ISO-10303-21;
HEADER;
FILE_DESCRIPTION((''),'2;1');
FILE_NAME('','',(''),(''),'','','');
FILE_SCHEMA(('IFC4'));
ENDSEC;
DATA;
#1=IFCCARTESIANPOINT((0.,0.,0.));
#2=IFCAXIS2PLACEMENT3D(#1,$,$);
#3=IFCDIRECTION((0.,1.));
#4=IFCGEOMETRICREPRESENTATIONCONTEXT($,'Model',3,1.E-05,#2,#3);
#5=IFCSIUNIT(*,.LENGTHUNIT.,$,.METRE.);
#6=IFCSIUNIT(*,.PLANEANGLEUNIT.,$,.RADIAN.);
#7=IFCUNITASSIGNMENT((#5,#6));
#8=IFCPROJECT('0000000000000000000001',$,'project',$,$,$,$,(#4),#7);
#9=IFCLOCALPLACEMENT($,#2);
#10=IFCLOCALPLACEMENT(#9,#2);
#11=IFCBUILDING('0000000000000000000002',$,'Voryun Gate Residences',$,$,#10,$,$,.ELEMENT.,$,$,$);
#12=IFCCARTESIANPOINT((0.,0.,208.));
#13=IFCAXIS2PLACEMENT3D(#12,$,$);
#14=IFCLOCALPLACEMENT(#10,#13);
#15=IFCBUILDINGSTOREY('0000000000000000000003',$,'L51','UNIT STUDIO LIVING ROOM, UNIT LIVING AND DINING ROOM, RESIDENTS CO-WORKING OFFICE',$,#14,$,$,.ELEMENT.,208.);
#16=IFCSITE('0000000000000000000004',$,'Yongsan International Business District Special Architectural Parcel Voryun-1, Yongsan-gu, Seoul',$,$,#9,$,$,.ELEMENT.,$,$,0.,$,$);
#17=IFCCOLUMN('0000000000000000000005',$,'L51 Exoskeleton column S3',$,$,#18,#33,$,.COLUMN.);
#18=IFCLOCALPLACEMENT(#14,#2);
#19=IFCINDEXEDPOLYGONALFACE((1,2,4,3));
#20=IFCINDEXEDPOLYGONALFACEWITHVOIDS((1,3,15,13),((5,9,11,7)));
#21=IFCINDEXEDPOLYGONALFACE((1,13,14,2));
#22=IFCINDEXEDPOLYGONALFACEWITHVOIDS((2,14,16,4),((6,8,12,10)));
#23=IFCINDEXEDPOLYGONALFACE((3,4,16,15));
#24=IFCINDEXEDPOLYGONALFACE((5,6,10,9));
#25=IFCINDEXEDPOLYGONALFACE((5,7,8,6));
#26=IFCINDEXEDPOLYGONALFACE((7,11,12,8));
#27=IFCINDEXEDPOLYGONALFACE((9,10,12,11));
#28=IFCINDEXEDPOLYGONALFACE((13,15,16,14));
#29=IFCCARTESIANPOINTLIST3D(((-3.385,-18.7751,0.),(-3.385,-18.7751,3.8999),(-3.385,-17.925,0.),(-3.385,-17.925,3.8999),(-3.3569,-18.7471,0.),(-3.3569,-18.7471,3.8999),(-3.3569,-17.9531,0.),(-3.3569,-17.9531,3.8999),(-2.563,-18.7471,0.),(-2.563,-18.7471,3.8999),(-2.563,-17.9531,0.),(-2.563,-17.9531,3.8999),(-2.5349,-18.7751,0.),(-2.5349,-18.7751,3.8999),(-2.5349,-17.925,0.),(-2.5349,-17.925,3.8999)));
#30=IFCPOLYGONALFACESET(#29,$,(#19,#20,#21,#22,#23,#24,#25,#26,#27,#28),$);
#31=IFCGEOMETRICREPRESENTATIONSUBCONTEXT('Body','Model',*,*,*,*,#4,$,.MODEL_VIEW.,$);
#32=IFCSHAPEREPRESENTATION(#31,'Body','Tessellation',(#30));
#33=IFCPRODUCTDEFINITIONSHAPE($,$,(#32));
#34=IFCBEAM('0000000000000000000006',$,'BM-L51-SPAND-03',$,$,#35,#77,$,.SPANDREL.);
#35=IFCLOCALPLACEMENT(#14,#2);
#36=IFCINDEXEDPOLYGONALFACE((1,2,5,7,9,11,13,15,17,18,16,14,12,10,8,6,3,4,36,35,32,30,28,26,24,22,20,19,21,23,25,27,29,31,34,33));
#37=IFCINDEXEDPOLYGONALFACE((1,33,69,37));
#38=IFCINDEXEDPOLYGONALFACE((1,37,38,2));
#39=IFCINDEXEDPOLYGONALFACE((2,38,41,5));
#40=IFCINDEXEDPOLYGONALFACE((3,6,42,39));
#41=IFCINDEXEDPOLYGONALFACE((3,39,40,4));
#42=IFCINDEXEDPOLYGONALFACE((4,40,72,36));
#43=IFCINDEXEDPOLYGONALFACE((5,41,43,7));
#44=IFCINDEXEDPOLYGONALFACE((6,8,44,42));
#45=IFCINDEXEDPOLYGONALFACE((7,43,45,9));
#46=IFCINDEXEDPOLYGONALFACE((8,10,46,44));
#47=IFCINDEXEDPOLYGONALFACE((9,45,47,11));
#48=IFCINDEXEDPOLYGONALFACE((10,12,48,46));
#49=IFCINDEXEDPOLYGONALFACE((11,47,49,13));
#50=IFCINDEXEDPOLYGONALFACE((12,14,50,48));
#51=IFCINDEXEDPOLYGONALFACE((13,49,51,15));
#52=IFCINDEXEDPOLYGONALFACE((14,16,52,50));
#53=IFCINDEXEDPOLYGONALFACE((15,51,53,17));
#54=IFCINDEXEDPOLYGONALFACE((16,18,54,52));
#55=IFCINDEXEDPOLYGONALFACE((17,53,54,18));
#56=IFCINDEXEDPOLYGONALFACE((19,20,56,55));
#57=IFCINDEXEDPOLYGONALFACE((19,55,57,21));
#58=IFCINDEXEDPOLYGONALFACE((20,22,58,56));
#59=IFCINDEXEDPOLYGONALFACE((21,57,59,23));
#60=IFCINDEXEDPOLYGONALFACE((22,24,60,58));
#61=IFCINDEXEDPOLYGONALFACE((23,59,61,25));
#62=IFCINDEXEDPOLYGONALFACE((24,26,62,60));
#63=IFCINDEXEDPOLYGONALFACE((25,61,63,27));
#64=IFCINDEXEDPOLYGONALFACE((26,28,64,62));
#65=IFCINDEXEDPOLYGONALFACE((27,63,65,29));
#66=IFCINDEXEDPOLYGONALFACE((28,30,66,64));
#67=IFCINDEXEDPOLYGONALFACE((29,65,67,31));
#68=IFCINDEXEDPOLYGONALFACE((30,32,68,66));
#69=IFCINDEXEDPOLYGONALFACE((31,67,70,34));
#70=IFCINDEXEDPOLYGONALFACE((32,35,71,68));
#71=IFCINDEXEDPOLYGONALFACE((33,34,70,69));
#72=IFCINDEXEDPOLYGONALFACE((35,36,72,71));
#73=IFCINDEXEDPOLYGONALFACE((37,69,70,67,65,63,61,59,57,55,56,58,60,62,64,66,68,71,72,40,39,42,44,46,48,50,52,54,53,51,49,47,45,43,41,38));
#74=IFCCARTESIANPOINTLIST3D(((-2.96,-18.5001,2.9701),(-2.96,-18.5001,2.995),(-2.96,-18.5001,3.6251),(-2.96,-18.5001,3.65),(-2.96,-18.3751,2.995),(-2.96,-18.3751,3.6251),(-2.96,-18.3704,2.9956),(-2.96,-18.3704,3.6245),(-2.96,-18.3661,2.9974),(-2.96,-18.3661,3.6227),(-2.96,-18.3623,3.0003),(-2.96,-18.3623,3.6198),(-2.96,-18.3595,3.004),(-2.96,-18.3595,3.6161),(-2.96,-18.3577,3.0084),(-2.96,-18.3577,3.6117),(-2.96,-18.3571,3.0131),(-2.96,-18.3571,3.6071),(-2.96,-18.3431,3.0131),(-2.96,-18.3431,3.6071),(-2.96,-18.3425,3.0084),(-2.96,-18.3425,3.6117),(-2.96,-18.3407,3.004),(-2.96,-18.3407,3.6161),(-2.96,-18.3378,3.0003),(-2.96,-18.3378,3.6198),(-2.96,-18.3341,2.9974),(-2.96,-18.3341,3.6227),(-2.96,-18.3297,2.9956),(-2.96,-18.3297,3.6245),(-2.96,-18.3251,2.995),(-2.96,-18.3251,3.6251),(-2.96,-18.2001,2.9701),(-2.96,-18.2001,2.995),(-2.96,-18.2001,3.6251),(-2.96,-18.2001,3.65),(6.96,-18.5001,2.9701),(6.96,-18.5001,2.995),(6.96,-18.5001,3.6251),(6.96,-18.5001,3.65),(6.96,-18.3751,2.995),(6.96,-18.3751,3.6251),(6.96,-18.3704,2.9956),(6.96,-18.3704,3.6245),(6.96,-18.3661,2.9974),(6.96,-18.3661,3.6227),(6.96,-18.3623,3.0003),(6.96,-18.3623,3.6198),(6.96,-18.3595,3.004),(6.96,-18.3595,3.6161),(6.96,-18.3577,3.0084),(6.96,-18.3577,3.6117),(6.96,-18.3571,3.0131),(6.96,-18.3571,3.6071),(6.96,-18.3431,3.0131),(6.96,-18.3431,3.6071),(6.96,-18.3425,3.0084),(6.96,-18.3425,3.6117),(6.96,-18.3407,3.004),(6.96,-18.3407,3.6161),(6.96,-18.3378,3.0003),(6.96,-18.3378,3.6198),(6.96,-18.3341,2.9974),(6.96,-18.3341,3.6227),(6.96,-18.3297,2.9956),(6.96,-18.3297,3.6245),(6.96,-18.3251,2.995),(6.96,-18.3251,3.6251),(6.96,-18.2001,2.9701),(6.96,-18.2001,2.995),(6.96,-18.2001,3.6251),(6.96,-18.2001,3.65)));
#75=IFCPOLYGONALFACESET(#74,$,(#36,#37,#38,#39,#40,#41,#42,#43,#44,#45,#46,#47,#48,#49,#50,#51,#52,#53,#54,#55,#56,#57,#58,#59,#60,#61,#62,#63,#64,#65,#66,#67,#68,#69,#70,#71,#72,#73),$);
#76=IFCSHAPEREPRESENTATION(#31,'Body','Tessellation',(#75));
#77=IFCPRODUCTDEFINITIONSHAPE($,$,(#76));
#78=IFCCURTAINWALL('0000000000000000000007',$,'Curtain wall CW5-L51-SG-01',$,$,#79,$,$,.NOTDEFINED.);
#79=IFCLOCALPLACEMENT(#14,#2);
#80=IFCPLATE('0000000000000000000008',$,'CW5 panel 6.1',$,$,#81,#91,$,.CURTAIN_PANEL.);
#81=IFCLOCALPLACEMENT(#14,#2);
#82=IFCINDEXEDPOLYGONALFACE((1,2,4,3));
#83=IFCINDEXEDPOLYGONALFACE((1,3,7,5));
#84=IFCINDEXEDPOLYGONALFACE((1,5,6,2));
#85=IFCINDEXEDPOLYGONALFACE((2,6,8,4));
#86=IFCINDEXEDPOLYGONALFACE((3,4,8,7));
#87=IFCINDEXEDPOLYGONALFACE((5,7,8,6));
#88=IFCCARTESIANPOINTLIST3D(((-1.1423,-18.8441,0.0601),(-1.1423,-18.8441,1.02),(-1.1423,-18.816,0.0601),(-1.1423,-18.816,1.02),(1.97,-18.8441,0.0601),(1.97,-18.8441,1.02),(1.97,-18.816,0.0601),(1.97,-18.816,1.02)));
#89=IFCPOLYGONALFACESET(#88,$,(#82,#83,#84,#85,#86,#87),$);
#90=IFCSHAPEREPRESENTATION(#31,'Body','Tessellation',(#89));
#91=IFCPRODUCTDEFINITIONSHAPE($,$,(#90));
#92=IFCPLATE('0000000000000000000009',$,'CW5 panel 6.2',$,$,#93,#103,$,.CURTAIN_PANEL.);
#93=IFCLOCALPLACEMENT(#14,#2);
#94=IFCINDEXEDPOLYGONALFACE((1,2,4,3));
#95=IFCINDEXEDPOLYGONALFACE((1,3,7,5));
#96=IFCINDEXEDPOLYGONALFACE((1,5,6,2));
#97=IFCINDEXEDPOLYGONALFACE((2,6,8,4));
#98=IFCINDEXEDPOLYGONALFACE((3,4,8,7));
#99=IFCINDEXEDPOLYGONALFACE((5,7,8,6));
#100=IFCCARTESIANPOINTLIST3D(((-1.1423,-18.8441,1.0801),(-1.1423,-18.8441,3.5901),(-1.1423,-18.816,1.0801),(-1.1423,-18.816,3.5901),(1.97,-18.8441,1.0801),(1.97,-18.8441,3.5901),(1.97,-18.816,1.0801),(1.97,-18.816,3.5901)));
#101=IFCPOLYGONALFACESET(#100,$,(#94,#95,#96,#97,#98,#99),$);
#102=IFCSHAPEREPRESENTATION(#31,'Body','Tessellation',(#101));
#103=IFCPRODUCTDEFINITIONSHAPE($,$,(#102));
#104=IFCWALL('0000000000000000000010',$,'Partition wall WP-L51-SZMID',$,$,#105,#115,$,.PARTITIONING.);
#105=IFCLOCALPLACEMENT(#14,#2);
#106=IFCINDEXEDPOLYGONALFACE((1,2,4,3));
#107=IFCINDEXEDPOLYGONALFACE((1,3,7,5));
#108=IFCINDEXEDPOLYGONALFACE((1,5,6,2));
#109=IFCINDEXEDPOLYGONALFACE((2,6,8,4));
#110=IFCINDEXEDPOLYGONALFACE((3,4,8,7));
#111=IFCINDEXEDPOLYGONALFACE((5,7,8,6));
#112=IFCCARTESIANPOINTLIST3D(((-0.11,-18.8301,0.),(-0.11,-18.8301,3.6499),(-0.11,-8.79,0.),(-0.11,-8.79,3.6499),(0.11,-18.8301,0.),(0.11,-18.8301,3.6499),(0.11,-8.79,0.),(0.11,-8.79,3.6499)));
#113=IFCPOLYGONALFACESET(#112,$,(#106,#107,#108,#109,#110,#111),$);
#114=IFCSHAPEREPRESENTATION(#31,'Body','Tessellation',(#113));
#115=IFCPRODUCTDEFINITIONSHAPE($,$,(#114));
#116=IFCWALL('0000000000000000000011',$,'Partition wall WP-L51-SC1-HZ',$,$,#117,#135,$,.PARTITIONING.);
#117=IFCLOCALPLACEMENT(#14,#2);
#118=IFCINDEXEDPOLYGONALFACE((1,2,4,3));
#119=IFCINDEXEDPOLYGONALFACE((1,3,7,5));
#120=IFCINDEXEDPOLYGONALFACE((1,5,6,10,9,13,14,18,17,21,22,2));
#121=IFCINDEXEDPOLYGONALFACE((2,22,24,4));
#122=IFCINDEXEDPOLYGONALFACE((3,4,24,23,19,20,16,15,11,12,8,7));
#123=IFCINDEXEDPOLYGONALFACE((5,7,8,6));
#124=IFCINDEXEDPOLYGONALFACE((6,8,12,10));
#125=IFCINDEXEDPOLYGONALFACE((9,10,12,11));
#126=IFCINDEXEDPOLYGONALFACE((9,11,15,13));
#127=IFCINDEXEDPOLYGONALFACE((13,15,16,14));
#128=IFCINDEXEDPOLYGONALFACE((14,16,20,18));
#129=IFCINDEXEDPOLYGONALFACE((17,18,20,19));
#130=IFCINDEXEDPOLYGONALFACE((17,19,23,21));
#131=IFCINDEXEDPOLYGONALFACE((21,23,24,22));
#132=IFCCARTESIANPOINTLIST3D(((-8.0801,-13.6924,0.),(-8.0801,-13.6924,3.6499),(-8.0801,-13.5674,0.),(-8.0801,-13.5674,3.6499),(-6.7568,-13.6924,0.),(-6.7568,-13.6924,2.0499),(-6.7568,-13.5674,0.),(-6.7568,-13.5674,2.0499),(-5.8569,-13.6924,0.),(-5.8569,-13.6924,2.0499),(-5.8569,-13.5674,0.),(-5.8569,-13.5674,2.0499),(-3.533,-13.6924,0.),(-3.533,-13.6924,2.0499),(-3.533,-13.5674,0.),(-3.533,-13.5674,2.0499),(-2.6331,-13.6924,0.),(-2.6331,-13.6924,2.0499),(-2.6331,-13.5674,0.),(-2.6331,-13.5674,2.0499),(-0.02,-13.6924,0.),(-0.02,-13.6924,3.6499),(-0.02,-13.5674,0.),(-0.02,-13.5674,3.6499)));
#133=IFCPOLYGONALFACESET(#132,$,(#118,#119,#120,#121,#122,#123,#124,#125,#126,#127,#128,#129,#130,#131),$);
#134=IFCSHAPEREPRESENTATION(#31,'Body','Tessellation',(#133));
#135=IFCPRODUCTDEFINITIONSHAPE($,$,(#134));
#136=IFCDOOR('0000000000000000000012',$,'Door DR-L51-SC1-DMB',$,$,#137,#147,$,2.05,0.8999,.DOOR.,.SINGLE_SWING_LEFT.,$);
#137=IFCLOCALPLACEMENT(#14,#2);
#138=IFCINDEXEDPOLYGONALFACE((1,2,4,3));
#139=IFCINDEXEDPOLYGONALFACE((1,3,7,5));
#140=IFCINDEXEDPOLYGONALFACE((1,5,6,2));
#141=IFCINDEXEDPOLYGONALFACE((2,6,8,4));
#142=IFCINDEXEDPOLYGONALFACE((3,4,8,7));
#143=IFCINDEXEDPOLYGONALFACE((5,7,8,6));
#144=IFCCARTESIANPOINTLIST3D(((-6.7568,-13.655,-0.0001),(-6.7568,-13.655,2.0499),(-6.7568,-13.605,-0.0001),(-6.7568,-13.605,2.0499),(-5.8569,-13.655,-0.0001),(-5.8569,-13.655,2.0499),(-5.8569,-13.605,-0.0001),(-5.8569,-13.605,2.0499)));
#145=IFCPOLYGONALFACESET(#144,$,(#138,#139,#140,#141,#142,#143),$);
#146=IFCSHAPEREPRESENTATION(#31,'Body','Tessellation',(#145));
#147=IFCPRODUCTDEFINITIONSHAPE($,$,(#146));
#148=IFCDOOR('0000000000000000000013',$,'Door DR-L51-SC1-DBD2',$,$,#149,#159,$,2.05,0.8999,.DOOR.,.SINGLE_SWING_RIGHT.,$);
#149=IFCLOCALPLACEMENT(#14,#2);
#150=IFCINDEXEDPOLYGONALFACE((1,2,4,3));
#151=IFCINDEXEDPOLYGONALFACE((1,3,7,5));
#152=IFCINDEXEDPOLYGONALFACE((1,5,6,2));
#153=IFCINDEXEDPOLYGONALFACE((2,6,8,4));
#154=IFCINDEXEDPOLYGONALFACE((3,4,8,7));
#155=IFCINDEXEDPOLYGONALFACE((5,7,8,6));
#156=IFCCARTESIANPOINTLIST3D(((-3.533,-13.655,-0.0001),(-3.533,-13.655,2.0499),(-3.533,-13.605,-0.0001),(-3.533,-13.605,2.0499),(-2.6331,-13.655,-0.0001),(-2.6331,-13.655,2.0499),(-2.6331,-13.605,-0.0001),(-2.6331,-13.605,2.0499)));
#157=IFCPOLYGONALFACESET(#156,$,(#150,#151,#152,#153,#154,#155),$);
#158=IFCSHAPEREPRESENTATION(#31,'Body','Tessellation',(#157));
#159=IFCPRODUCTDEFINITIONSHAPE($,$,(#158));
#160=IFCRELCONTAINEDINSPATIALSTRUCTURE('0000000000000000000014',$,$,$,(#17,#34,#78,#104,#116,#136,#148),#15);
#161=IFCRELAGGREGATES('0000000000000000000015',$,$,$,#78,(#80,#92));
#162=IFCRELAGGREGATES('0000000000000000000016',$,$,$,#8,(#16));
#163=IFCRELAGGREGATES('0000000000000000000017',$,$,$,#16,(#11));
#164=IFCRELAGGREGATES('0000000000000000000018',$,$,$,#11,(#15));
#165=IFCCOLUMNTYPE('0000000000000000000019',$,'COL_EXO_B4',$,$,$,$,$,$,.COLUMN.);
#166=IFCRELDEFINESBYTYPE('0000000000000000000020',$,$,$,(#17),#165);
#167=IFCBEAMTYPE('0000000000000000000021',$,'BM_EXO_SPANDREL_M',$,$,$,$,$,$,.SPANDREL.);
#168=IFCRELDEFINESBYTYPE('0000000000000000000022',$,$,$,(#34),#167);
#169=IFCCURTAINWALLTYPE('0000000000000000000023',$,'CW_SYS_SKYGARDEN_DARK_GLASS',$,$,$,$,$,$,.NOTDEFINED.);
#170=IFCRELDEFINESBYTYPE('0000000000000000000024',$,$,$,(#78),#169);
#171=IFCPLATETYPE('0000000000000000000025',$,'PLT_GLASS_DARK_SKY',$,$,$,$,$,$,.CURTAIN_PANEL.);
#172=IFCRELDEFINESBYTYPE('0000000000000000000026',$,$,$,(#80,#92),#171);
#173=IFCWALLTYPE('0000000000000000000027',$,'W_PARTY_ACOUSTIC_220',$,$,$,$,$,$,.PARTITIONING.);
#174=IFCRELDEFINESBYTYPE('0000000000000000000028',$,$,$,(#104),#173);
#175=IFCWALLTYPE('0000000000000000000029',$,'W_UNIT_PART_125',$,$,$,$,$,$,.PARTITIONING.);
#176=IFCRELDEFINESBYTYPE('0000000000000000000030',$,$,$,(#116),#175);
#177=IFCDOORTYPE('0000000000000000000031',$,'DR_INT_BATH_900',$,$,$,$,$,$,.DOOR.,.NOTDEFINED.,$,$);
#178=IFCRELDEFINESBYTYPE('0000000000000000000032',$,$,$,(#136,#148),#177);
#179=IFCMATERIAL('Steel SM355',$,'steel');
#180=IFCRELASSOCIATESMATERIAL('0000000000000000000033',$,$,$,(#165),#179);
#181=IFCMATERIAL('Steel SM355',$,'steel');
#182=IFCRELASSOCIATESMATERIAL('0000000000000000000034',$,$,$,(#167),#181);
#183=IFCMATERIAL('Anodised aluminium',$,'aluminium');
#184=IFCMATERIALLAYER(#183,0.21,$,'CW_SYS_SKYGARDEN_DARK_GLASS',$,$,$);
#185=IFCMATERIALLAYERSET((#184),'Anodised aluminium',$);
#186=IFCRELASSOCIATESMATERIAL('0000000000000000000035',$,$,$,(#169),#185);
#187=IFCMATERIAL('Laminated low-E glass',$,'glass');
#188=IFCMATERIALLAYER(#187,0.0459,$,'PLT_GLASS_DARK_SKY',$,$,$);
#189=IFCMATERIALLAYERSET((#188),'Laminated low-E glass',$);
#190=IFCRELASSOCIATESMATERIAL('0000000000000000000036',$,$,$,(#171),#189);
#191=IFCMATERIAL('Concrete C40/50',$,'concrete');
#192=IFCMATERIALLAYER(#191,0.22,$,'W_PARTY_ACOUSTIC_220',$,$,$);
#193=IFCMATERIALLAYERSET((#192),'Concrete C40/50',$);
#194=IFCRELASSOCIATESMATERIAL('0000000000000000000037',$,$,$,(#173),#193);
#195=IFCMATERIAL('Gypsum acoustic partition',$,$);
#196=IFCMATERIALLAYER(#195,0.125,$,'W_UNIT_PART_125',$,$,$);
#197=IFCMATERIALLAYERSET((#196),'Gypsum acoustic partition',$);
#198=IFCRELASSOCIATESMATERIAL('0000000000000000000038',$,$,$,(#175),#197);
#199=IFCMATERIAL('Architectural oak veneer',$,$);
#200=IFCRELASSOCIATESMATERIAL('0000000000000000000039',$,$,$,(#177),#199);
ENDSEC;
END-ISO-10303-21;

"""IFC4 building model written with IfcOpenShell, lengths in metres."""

from ifc_helpers import new_model, si_unit, direction, frame, frame_2d, origin, origin_2d, place, context, subcontext, project, spatial, rectangle, hollow_rectangle, i_section, extrude, material, layer, layer_set, material_profile, profile_set, type_object, element, fill, aggregate, save


model = new_model("IFC4")

# Units and contexts
model_context = context("Model", 3, precision=1e-05, world=origin(), true_north=direction((0.0, 1.0)))
body_context = subcontext(model_context, "Body", "Model", "MODEL_VIEW")
ifc_project = project(units=[si_unit("LENGTHUNIT", "METRE"), si_unit("PLANEANGLEUNIT", "RADIAN")], contexts=[model_context])

# Site, building, storey
site_placement = place(None, origin())
site = spatial("IfcSite", under=ifc_project, at=site_placement, Name="Yongsan International Business District Special Architectural Parcel Voryun-1, Yongsan-gu, Seoul", CompositionType="ELEMENT", RefElevation=0.0)
building_placement = place(site_placement, origin())
building = spatial("IfcBuilding", under=site, at=building_placement, Name="Voryun Gate Residences", CompositionType="ELEMENT")
storey_placement = place(building_placement, frame((0.0, 0.0, 208.0)))
storey = spatial("IfcBuildingStorey", under=building, at=storey_placement, Name="L51", Description="UNIT STUDIO LIVING ROOM, UNIT LIVING AND DINING ROOM, RESIDENTS CO-WORKING OFFICE", CompositionType="ELEMENT", Elevation=208.0)

# Column
ifc_material_1 = material(Name="Steel SM355", Category="steel")
ifc_material_profile_1 = material_profile(ifc_material_1, hollow_rectangle(XDim=0.8501, YDim=0.8501, WallThickness=0.0281, at=origin_2d()), Name="BOX-850x850x28")
ifc_profile_set_1 = profile_set([ifc_material_profile_1], Name="Steel SM355")
column_type = type_object("IfcColumnType", Name="COL_EXO_B4", PredefinedType="COLUMN", material=ifc_profile_set_1)
column_placement = place(storey_placement, frame((-2.96, -18.3501, 0.0), z_axis=(0.0, 0.0, 1.0), x_axis=(1.0, 0.0, 0.0)))
element("IfcColumn", 1, at=column_placement, inside=storey, type_object=column_type, Name="L51 Exoskeleton column S3", PredefinedType="COLUMN", context=body_context, shape_type="SweptSolid", body=[
    extrude(hollow_rectangle(XDim=0.8501, YDim=0.8501, WallThickness=0.0281, at=origin_2d()), origin(), (0.0, 0.0, 1.0), 3.8999),
])

# Beam
ifc_material_2 = material(Name="Steel SM355", Category="steel")
ifc_material_profile_2 = material_profile(ifc_material_2, i_section(OverallWidth=0.3, OverallDepth=0.6799, WebThickness=0.0139, FlangeThickness=0.0249, FilletRadius=0.0181, at=origin_2d()), Name="H-680x300x14x25")
ifc_profile_set_2 = profile_set([ifc_material_profile_2], Name="Steel SM355")
beam_type = type_object("IfcBeamType", Name="BM_EXO_SPANDREL_M", PredefinedType="SPANDREL", material=ifc_profile_set_2)
beam_placement = place(storey_placement, frame((-2.96, -18.3501, 3.3101), z_axis=(1.0, 0.0, 0.0), x_axis=(0.0, 1.0, 0.0)))
element("IfcBeam", 2, at=beam_placement, inside=storey, type_object=beam_type, Name="BM-L51-SPAND-03", PredefinedType="SPANDREL", context=body_context, shape_type="SweptSolid", body=[
    extrude(i_section(OverallWidth=0.3, OverallDepth=0.6799, WebThickness=0.0139, FlangeThickness=0.0249, FilletRadius=0.0181, at=origin_2d()), origin(), (0.0, 0.0, 1.0), 9.9199),
])

# Curtain wall, plates
ifc_material_3 = material(Name="Anodised aluminium", Category="aluminium")
ifc_layer_1 = layer(ifc_material_3, 0.21, Name="CW_SYS_SKYGARDEN_DARK_GLASS")
ifc_layer_set_1 = layer_set([ifc_layer_1], Name="Anodised aluminium")
curtain_wall_type = type_object("IfcCurtainWallType", Name="CW_SYS_SKYGARDEN_DARK_GLASS", PredefinedType="NOTDEFINED", material=ifc_layer_set_1)
curtain_wall_placement = place(storey_placement, origin())
curtain_wall = element("IfcCurtainWall", 3, at=curtain_wall_placement, inside=storey, type_object=curtain_wall_type, Name="Curtain wall CW5-L51-SG-01", PredefinedType="NOTDEFINED")
ifc_material_4 = material(Name="Laminated low-E glass", Category="glass")
ifc_layer_2 = layer(ifc_material_4, 0.0459, Name="PLT_GLASS_DARK_SKY")
ifc_layer_set_2 = layer_set([ifc_layer_2], Name="Laminated low-E glass")
plate_type = type_object("IfcPlateType", Name="PLT_GLASS_DARK_SKY", PredefinedType="CURTAIN_PANEL", material=ifc_layer_set_2)
plate_1_placement = place(storey_placement, frame((0.4138, -18.8301, 0.0601), z_axis=(0.0, 0.0, 1.0), x_axis=(-1.0, 0.0, 0.0)))
plate_1 = element("IfcPlate", 4, at=plate_1_placement, type_object=plate_type, Name="CW5 panel 6.1", PredefinedType="CURTAIN_PANEL", context=body_context, shape_type="SweptSolid", body=[
    extrude(rectangle(XDim=3.1123, YDim=0.0281, at=origin_2d()), origin(), (0.0, 0.0, 1.0), 0.96),
])
plate_2_placement = place(storey_placement, frame((0.4138, -18.8301, 1.0801), z_axis=(0.0, 0.0, 1.0), x_axis=(-1.0, 0.0, 0.0)))
plate_2 = element("IfcPlate", 5, at=plate_2_placement, type_object=plate_type, Name="CW5 panel 6.2", PredefinedType="CURTAIN_PANEL", context=body_context, shape_type="SweptSolid", body=[
    extrude(rectangle(XDim=3.1123, YDim=0.0281, at=origin_2d()), origin(), (0.0, 0.0, 1.0), 2.51),
])
aggregate(curtain_wall, [plate_1, plate_2])

# Wall
ifc_material_5 = material(Name="Concrete C40/50", Category="concrete")
ifc_layer_3 = layer(ifc_material_5, 0.22, Name="W_PARTY_ACOUSTIC_220")
ifc_layer_set_3 = layer_set([ifc_layer_3], Name="Concrete C40/50")
wall_type_1 = type_object("IfcWallType", Name="W_PARTY_ACOUSTIC_220", PredefinedType="PARTITIONING", material=ifc_layer_set_3)
wall_1_placement = place(storey_placement, frame((0.0, -18.8301, 0.0), z_axis=(0.0, 0.0, 1.0), x_axis=(0.0, 1.0, 0.0)))
element("IfcWall", 6, at=wall_1_placement, inside=storey, type_object=wall_type_1, Name="Partition wall WP-L51-SZMID", PredefinedType="PARTITIONING", context=body_context, shape_type="SweptSolid", body=[
    extrude(rectangle(XDim=10.04, YDim=0.22, at=frame_2d((5.02, 0.0))), origin(), (0.0, 0.0, 1.0), 3.6499),
])

# Wall, openings, doors
ifc_material_6 = material(Name="Gypsum acoustic partition")
ifc_layer_4 = layer(ifc_material_6, 0.125, Name="W_UNIT_PART_125")
ifc_layer_set_4 = layer_set([ifc_layer_4], Name="Gypsum acoustic partition")
wall_type_2 = type_object("IfcWallType", Name="W_UNIT_PART_125", PredefinedType="PARTITIONING", material=ifc_layer_set_4)
wall_2_placement = place(storey_placement, frame((-8.0801, -13.6299, 0.0), z_axis=(0.0, 0.0, 1.0), x_axis=(1.0, 0.0, 0.0)))
wall_2 = element("IfcWall", 7, at=wall_2_placement, inside=storey, type_object=wall_type_2, Name="Partition wall WP-L51-SC1-HZ", PredefinedType="PARTITIONING", context=body_context, shape_type="SweptSolid", body=[
    extrude(rectangle(XDim=8.0601, YDim=0.125, at=frame_2d((4.03, 0.0))), origin(), (0.0, 0.0, 1.0), 3.6499),
])
opening_1_placement = place(wall_2_placement, frame((1.3232, 0.0, 0.0)))
opening_1 = element("IfcOpeningElement", 8, at=opening_1_placement, cuts=wall_2, PredefinedType="OPENING", context=body_context, shape_type="SweptSolid", body=[
    extrude(rectangle(XDim=0.8999, YDim=2.05, at=frame_2d((0.45, 1.0249))), frame((0.0, 0.0725, 0.0), z_axis=(0.0, -1.0, 0.0), x_axis=(1.0, 0.0, 0.0)), (0.0, 0.0, 1.0), 0.145),
])
opening_2_placement = place(wall_2_placement, frame((4.5471, 0.0, 0.0)))
opening_2 = element("IfcOpeningElement", 9, at=opening_2_placement, cuts=wall_2, PredefinedType="OPENING", context=body_context, shape_type="SweptSolid", body=[
    extrude(rectangle(XDim=0.8999, YDim=2.05, at=frame_2d((0.45, 1.0249))), frame((0.0, 0.0725, 0.0), z_axis=(0.0, -1.0, 0.0), x_axis=(1.0, 0.0, 0.0)), (0.0, 0.0, 1.0), 0.145),
])
ifc_material_7 = material(Name="Architectural oak veneer")
door_type = type_object("IfcDoorType", Name="DR_INT_BATH_900", OperationType="NOTDEFINED", PredefinedType="DOOR", material=ifc_material_7)
door_1_placement = place(opening_1_placement, origin())
door_1 = element("IfcDoor", 10, at=door_1_placement, inside=storey, type_object=door_type, Name="Door DR-L51-SC1-DMB", OperationType="SINGLE_SWING_LEFT", OverallHeight=2.05, OverallWidth=0.8999, PredefinedType="DOOR", context=body_context, shape_type="SweptSolid", body=[
    extrude(rectangle(XDim=0.8999, YDim=2.05, at=frame_2d((0.45, 1.0249))), frame((0.0, 0.0249, 0.0), z_axis=(0.0, -1.0, 0.0), x_axis=(1.0, 0.0, 0.0)), (0.0, 0.0, 1.0), 0.05),
])
fill(opening_1, door_1)
door_2_placement = place(opening_2_placement, origin())
door_2 = element("IfcDoor", 11, at=door_2_placement, inside=storey, type_object=door_type, Name="Door DR-L51-SC1-DBD2", OperationType="SINGLE_SWING_RIGHT", OverallHeight=2.05, OverallWidth=0.8999, PredefinedType="DOOR", context=body_context, shape_type="SweptSolid", body=[
    extrude(rectangle(XDim=0.8999, YDim=2.05, at=frame_2d((0.45, 1.0249))), frame((0.0, 0.0249, 0.0), z_axis=(0.0, -1.0, 0.0), x_axis=(1.0, 0.0, 0.0)), (0.0, 0.0, 1.0), 0.05),
])
fill(opening_2, door_2)

save(model, "model.ifc")
